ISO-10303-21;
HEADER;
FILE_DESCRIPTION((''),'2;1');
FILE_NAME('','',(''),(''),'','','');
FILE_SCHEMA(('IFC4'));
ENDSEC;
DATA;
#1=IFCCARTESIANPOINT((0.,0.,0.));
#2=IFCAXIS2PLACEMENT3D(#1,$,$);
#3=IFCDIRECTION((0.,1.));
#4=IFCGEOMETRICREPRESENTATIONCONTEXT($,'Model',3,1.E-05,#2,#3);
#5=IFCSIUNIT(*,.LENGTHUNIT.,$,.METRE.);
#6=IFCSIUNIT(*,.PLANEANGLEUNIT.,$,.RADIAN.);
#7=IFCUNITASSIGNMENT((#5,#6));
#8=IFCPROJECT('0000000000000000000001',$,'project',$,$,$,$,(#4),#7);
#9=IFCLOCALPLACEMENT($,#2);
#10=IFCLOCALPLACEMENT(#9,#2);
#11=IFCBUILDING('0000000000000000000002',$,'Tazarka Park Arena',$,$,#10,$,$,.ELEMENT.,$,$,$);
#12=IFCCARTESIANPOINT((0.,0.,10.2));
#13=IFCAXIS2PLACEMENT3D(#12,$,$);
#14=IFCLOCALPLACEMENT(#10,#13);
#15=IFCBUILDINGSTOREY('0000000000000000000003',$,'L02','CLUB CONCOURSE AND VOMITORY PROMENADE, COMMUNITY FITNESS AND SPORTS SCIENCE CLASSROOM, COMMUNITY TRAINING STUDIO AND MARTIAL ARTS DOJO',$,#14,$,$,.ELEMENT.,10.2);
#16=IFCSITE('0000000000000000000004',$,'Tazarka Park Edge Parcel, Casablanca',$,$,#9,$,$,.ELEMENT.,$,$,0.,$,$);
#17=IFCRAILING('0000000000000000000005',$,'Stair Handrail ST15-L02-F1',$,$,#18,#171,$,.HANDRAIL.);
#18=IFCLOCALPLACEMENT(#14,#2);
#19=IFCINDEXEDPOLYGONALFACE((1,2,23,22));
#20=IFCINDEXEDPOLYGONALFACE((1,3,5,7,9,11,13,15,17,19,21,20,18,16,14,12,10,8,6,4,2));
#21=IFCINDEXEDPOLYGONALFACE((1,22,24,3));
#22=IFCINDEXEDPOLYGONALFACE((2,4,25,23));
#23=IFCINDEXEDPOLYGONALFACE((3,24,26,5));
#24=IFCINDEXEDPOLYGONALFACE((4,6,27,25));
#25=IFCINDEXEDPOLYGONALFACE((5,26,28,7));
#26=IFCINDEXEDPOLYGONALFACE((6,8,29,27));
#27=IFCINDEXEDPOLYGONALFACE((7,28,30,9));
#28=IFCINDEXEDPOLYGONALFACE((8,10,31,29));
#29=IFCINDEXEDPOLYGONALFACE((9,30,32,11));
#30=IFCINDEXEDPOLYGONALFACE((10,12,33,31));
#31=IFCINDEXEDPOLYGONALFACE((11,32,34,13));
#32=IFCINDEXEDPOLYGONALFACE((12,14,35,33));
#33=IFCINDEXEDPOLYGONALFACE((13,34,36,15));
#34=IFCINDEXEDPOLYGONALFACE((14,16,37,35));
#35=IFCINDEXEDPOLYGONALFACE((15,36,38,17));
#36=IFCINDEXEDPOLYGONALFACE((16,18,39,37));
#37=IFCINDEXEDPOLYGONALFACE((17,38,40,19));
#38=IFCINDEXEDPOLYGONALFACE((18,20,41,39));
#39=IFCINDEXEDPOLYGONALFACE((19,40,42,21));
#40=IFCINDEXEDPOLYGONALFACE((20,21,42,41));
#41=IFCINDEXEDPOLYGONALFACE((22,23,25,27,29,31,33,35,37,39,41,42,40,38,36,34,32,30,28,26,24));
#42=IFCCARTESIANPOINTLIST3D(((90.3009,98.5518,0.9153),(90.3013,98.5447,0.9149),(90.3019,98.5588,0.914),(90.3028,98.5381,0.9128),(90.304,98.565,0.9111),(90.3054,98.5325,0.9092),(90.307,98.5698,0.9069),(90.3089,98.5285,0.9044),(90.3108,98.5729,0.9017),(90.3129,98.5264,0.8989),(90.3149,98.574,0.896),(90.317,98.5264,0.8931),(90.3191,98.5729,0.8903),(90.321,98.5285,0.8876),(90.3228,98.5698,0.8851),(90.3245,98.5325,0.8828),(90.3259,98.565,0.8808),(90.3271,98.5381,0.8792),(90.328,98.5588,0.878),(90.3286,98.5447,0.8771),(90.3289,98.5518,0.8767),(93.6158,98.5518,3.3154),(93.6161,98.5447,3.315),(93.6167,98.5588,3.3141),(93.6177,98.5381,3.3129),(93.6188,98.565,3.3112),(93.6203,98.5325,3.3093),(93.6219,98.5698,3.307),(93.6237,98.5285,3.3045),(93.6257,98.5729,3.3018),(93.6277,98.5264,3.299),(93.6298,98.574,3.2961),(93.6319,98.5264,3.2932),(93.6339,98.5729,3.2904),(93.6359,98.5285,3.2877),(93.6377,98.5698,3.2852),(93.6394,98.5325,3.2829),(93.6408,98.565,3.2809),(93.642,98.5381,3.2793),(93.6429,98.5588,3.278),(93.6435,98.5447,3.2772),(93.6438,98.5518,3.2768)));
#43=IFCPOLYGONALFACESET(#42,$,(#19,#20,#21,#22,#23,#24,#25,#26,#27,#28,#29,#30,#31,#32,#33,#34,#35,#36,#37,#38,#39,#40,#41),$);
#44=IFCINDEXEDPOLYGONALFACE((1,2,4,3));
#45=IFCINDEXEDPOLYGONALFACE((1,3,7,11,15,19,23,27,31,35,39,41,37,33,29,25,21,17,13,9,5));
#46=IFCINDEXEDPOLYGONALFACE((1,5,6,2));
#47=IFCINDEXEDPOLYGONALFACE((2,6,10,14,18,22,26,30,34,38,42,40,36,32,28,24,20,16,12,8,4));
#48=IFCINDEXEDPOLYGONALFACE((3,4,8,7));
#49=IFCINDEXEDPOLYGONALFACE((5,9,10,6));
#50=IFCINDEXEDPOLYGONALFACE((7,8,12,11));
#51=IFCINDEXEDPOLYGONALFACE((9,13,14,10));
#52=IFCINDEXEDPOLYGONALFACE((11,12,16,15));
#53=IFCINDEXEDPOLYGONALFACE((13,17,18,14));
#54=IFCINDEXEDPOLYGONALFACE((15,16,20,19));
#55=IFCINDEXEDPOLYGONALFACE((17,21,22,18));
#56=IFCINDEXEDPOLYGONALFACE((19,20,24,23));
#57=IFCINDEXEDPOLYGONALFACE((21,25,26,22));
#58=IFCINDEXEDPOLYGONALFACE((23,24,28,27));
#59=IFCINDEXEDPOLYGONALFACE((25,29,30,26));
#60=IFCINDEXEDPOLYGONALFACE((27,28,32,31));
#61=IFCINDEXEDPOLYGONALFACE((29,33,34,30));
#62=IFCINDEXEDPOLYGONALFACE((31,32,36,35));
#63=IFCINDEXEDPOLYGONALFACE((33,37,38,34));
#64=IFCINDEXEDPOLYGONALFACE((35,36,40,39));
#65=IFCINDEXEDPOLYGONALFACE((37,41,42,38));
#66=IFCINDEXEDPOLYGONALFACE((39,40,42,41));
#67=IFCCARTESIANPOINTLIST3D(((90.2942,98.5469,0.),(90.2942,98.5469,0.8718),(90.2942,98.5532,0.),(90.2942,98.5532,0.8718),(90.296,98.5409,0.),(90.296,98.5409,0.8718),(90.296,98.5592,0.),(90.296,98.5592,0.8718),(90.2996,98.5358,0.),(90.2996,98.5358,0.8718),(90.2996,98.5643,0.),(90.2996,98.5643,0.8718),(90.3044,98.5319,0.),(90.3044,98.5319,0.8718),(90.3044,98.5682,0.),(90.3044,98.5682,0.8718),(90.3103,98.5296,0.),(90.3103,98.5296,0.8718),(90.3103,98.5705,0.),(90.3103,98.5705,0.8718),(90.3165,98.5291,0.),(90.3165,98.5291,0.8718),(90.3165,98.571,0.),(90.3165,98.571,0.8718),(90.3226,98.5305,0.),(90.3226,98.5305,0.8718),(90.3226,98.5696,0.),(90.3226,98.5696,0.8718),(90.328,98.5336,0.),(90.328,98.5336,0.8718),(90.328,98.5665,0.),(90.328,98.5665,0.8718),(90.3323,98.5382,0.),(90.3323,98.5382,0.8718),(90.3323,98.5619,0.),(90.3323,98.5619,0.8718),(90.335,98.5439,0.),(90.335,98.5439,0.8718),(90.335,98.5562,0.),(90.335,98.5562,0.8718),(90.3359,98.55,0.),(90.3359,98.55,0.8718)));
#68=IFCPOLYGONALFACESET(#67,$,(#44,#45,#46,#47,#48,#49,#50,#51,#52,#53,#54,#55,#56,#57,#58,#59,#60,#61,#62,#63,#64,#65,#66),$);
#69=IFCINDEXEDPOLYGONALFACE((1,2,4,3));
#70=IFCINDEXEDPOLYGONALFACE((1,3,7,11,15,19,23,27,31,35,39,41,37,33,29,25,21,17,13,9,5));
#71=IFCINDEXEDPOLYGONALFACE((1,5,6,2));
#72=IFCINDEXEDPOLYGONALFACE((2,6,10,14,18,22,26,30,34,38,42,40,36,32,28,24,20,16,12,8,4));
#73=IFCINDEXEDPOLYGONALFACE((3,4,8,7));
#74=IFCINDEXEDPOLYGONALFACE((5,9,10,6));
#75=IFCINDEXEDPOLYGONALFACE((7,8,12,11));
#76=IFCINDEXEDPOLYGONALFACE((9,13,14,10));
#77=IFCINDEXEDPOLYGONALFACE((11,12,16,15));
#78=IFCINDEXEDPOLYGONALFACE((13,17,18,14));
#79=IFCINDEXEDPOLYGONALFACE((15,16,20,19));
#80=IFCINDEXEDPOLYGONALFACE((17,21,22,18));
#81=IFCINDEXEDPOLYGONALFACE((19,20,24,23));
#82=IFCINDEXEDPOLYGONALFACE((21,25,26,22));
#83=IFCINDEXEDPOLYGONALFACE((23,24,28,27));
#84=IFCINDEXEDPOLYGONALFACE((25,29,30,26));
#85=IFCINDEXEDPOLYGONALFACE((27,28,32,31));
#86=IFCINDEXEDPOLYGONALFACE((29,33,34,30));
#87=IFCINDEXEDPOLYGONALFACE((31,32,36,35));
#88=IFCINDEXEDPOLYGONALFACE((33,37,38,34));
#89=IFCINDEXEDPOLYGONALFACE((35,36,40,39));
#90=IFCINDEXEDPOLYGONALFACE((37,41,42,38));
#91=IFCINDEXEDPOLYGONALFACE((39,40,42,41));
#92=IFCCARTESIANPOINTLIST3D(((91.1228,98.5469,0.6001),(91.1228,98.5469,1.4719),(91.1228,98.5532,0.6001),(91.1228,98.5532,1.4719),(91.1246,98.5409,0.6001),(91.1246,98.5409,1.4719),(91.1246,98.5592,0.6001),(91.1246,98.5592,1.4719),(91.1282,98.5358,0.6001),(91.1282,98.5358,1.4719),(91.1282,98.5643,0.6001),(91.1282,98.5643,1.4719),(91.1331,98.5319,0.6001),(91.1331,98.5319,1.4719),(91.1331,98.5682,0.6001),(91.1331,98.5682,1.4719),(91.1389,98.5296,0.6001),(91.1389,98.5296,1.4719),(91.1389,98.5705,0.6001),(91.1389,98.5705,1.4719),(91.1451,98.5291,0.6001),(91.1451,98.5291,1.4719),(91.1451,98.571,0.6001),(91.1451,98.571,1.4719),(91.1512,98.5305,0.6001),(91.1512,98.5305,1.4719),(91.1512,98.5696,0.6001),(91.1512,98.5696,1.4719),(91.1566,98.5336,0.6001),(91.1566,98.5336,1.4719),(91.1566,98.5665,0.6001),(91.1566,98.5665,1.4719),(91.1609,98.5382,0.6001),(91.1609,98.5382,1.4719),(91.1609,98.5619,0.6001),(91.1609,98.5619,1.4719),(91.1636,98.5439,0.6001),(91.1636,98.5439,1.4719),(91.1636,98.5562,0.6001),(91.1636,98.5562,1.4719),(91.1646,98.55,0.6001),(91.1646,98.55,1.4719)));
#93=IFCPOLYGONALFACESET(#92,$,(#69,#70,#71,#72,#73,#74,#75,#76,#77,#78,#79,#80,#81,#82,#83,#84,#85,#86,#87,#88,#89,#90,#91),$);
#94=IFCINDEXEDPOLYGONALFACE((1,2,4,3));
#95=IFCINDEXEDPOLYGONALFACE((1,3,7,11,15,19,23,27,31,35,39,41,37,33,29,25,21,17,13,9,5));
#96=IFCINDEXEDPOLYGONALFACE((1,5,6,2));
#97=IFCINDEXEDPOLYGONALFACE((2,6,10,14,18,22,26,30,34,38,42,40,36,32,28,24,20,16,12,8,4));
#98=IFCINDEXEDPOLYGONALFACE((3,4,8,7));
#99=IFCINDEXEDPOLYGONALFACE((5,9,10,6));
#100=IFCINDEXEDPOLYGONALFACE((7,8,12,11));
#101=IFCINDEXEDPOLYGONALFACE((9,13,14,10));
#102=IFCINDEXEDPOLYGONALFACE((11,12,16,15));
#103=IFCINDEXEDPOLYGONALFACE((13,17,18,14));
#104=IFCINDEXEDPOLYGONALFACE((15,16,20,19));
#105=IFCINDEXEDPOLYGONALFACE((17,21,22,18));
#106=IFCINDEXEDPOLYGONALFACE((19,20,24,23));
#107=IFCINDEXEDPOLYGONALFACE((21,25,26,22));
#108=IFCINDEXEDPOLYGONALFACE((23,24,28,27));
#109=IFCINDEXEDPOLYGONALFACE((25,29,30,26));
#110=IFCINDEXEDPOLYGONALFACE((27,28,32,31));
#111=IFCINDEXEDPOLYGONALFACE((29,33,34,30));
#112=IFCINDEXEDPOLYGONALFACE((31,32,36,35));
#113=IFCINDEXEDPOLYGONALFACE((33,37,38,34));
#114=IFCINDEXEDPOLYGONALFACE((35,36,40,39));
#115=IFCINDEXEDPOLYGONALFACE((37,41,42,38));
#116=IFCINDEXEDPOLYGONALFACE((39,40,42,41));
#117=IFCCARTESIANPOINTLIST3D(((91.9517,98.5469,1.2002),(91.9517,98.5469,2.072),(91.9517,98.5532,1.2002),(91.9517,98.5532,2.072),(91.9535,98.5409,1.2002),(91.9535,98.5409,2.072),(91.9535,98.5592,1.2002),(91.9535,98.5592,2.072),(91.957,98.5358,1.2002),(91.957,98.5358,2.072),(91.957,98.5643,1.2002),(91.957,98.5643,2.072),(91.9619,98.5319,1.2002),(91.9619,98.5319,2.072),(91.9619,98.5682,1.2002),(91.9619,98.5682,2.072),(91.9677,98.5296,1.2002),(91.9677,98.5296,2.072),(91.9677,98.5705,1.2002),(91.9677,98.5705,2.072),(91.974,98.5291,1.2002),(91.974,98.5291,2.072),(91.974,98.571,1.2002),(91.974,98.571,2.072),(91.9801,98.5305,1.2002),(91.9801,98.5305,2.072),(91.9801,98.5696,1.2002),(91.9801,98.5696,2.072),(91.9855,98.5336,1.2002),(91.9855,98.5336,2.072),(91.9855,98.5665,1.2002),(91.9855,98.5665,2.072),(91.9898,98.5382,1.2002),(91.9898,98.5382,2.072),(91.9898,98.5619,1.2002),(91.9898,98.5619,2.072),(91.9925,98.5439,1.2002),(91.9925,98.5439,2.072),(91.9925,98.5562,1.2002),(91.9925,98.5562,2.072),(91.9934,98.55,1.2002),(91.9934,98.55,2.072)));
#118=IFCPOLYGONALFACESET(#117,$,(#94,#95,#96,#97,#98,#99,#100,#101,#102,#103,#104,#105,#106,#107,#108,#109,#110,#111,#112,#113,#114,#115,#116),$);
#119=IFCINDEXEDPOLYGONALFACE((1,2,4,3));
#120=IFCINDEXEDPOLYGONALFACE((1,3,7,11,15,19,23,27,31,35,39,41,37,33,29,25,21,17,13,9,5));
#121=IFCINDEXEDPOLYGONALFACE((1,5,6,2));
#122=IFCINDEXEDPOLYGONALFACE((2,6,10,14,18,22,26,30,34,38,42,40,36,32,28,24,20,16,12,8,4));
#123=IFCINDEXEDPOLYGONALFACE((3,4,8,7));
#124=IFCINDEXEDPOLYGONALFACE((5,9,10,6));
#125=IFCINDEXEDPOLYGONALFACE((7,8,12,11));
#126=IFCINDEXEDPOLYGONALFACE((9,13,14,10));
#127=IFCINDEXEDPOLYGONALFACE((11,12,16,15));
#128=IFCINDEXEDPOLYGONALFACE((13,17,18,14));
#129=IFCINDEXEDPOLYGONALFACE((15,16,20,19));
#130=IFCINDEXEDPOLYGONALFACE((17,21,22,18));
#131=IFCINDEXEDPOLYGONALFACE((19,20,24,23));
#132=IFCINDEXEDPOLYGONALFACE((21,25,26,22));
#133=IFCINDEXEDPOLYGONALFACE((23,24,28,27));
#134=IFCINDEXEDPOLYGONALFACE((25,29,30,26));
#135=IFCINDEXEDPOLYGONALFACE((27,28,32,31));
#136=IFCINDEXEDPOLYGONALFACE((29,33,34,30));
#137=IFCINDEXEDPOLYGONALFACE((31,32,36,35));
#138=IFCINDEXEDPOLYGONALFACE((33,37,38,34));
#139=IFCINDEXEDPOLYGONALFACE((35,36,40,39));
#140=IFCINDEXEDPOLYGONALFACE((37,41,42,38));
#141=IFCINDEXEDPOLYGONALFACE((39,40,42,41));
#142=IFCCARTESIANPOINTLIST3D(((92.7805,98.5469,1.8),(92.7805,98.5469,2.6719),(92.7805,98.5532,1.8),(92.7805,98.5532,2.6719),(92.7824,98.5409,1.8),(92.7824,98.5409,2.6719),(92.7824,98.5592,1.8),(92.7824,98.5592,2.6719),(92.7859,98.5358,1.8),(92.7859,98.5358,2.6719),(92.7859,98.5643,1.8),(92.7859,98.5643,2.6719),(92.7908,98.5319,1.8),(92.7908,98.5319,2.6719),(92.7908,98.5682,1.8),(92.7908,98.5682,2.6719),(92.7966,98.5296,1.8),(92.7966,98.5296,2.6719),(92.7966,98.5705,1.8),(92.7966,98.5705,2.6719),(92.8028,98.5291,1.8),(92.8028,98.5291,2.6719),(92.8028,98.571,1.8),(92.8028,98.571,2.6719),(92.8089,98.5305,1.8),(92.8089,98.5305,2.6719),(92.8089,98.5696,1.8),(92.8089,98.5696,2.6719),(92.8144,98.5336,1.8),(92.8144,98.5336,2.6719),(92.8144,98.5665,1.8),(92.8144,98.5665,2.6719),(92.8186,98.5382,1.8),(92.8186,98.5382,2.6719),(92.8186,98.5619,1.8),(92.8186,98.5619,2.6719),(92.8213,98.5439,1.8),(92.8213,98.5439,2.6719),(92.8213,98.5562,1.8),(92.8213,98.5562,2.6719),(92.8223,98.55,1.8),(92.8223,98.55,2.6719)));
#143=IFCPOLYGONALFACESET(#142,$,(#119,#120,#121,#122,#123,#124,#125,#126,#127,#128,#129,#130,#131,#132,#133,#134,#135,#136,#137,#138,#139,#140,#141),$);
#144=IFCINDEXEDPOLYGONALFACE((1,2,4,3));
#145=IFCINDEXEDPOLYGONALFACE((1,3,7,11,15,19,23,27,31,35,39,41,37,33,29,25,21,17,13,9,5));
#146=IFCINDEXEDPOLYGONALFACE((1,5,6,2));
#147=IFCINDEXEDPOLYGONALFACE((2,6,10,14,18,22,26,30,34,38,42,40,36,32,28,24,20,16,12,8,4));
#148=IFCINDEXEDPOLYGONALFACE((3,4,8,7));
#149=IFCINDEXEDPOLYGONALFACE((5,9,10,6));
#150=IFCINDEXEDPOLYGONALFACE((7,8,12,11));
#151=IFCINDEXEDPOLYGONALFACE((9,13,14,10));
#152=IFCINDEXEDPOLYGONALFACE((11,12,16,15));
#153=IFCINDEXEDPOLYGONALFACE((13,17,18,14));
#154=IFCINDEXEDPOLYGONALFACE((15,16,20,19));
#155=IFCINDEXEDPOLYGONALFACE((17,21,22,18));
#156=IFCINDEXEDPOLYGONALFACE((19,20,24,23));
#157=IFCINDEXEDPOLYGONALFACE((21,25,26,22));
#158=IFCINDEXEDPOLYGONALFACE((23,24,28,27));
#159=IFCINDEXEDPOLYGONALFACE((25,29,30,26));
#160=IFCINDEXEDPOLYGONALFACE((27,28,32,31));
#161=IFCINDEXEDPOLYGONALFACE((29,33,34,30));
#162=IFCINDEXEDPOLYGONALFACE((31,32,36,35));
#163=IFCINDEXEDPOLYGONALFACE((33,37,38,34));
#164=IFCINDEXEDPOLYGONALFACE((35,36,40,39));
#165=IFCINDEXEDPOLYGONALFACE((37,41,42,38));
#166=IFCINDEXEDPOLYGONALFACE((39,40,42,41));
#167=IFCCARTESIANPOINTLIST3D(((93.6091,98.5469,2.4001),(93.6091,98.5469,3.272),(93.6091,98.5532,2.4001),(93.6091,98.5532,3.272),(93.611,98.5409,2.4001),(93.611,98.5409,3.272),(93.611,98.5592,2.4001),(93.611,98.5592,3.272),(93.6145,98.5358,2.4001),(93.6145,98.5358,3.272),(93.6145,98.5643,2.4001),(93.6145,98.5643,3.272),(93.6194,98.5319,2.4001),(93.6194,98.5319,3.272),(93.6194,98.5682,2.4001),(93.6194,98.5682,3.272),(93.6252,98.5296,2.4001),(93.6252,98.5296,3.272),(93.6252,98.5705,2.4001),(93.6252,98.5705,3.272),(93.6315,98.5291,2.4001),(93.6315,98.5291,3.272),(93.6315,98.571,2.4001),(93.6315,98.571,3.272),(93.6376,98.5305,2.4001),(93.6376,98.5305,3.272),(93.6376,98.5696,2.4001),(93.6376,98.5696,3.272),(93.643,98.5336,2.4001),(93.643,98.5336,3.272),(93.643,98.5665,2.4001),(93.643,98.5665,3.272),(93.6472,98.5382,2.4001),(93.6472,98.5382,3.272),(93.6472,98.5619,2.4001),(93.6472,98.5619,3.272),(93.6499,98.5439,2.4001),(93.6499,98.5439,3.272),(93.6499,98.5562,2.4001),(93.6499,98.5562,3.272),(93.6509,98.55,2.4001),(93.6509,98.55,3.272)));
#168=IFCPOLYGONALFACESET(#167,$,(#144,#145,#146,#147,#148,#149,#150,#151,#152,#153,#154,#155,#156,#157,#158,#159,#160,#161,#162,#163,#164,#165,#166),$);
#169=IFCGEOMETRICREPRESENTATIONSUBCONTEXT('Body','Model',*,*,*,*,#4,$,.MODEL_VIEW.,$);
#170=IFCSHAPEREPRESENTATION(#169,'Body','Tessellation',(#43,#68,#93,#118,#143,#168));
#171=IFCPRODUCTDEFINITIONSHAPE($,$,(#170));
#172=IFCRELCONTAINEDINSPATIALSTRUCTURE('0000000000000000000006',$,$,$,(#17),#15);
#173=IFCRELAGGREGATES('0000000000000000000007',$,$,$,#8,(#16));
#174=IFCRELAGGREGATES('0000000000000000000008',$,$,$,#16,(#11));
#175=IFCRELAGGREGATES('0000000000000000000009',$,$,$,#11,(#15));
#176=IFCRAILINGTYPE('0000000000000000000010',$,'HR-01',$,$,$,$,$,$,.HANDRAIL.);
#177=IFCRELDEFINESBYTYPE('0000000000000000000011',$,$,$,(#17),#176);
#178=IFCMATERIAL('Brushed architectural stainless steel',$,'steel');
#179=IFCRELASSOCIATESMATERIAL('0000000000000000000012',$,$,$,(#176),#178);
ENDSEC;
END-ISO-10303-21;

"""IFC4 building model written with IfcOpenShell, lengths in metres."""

from ifc_helpers import new_model, si_unit, direction, frame, origin, origin_2d, place, context, subcontext, project, spatial, circle, extrude, material, type_object, element, save


model = new_model("IFC4")

# Units and contexts
model_context = context("Model", 3, precision=1e-05, world=origin(), true_north=direction((0.0, 1.0)))
body_context = subcontext(model_context, "Body", "Model", "MODEL_VIEW")
ifc_project = project(units=[si_unit("LENGTHUNIT", "METRE"), si_unit("PLANEANGLEUNIT", "RADIAN")], contexts=[model_context])

# Site, building, storey
site_placement = place(None, origin())
site = spatial("IfcSite", under=ifc_project, at=site_placement, Name="Tazarka Park Edge Parcel, Casablanca", CompositionType="ELEMENT", RefElevation=0.0)
building_placement = place(site_placement, origin())
building = spatial("IfcBuilding", under=site, at=building_placement, Name="Tazarka Park Arena", CompositionType="ELEMENT")
storey_placement = place(building_placement, frame((0.0, 0.0, 10.2)))
storey = spatial("IfcBuildingStorey", under=building, at=storey_placement, Name="L02", Description="CLUB CONCOURSE AND VOMITORY PROMENADE, COMMUNITY FITNESS AND SPORTS SCIENCE CLASSROOM, COMMUNITY TRAINING STUDIO AND MARTIAL ARTS DOJO", CompositionType="ELEMENT", Elevation=10.2)

# Railing
ifc_material_1 = material(Name="Brushed architectural stainless steel", Category="steel")
railing_type_1 = type_object("IfcRailingType", Name="HR-01", PredefinedType="HANDRAIL", material=ifc_material_1)
railing_1_placement = place(storey_placement, frame((90.3149, 98.55, 0.0)))
element("IfcRailing", 1, at=railing_1_placement, inside=storey, type_object=railing_type_1, Name="Stair Handrail ST15-L02-F1", PredefinedType="HANDRAIL", context=body_context, shape_type="SweptSolid", body=[
    extrude(circle(Radius=0.0239, at=origin_2d()), frame((0.0, 0.0, 0.896), z_axis=(0.80998, 0.0, 0.586457), x_axis=(0.0, 1.0, 0.0)), (0.0, 0.0, 1.0), 4.0925),
    extrude(circle(Radius=0.021, at=origin_2d()), origin(), (0.0, 0.0, 1.0), 0.8718),
    extrude(circle(Radius=0.021, at=origin_2d()), frame((0.8286, 0.0, 0.6001)), (0.0, 0.0, 1.0), 0.8718),
    extrude(circle(Radius=0.021, at=origin_2d()), frame((1.6575, 0.0, 1.2002)), (0.0, 0.0, 1.0), 0.8718),
    extrude(circle(Radius=0.021, at=origin_2d()), frame((2.4863, 0.0, 1.8)), (0.0, 0.0, 1.0), 0.8718),
    extrude(circle(Radius=0.021, at=origin_2d()), frame((3.3149, 0.0, 2.4001)), (0.0, 0.0, 1.0), 0.8718),
])

save(model, "model.ifc")
